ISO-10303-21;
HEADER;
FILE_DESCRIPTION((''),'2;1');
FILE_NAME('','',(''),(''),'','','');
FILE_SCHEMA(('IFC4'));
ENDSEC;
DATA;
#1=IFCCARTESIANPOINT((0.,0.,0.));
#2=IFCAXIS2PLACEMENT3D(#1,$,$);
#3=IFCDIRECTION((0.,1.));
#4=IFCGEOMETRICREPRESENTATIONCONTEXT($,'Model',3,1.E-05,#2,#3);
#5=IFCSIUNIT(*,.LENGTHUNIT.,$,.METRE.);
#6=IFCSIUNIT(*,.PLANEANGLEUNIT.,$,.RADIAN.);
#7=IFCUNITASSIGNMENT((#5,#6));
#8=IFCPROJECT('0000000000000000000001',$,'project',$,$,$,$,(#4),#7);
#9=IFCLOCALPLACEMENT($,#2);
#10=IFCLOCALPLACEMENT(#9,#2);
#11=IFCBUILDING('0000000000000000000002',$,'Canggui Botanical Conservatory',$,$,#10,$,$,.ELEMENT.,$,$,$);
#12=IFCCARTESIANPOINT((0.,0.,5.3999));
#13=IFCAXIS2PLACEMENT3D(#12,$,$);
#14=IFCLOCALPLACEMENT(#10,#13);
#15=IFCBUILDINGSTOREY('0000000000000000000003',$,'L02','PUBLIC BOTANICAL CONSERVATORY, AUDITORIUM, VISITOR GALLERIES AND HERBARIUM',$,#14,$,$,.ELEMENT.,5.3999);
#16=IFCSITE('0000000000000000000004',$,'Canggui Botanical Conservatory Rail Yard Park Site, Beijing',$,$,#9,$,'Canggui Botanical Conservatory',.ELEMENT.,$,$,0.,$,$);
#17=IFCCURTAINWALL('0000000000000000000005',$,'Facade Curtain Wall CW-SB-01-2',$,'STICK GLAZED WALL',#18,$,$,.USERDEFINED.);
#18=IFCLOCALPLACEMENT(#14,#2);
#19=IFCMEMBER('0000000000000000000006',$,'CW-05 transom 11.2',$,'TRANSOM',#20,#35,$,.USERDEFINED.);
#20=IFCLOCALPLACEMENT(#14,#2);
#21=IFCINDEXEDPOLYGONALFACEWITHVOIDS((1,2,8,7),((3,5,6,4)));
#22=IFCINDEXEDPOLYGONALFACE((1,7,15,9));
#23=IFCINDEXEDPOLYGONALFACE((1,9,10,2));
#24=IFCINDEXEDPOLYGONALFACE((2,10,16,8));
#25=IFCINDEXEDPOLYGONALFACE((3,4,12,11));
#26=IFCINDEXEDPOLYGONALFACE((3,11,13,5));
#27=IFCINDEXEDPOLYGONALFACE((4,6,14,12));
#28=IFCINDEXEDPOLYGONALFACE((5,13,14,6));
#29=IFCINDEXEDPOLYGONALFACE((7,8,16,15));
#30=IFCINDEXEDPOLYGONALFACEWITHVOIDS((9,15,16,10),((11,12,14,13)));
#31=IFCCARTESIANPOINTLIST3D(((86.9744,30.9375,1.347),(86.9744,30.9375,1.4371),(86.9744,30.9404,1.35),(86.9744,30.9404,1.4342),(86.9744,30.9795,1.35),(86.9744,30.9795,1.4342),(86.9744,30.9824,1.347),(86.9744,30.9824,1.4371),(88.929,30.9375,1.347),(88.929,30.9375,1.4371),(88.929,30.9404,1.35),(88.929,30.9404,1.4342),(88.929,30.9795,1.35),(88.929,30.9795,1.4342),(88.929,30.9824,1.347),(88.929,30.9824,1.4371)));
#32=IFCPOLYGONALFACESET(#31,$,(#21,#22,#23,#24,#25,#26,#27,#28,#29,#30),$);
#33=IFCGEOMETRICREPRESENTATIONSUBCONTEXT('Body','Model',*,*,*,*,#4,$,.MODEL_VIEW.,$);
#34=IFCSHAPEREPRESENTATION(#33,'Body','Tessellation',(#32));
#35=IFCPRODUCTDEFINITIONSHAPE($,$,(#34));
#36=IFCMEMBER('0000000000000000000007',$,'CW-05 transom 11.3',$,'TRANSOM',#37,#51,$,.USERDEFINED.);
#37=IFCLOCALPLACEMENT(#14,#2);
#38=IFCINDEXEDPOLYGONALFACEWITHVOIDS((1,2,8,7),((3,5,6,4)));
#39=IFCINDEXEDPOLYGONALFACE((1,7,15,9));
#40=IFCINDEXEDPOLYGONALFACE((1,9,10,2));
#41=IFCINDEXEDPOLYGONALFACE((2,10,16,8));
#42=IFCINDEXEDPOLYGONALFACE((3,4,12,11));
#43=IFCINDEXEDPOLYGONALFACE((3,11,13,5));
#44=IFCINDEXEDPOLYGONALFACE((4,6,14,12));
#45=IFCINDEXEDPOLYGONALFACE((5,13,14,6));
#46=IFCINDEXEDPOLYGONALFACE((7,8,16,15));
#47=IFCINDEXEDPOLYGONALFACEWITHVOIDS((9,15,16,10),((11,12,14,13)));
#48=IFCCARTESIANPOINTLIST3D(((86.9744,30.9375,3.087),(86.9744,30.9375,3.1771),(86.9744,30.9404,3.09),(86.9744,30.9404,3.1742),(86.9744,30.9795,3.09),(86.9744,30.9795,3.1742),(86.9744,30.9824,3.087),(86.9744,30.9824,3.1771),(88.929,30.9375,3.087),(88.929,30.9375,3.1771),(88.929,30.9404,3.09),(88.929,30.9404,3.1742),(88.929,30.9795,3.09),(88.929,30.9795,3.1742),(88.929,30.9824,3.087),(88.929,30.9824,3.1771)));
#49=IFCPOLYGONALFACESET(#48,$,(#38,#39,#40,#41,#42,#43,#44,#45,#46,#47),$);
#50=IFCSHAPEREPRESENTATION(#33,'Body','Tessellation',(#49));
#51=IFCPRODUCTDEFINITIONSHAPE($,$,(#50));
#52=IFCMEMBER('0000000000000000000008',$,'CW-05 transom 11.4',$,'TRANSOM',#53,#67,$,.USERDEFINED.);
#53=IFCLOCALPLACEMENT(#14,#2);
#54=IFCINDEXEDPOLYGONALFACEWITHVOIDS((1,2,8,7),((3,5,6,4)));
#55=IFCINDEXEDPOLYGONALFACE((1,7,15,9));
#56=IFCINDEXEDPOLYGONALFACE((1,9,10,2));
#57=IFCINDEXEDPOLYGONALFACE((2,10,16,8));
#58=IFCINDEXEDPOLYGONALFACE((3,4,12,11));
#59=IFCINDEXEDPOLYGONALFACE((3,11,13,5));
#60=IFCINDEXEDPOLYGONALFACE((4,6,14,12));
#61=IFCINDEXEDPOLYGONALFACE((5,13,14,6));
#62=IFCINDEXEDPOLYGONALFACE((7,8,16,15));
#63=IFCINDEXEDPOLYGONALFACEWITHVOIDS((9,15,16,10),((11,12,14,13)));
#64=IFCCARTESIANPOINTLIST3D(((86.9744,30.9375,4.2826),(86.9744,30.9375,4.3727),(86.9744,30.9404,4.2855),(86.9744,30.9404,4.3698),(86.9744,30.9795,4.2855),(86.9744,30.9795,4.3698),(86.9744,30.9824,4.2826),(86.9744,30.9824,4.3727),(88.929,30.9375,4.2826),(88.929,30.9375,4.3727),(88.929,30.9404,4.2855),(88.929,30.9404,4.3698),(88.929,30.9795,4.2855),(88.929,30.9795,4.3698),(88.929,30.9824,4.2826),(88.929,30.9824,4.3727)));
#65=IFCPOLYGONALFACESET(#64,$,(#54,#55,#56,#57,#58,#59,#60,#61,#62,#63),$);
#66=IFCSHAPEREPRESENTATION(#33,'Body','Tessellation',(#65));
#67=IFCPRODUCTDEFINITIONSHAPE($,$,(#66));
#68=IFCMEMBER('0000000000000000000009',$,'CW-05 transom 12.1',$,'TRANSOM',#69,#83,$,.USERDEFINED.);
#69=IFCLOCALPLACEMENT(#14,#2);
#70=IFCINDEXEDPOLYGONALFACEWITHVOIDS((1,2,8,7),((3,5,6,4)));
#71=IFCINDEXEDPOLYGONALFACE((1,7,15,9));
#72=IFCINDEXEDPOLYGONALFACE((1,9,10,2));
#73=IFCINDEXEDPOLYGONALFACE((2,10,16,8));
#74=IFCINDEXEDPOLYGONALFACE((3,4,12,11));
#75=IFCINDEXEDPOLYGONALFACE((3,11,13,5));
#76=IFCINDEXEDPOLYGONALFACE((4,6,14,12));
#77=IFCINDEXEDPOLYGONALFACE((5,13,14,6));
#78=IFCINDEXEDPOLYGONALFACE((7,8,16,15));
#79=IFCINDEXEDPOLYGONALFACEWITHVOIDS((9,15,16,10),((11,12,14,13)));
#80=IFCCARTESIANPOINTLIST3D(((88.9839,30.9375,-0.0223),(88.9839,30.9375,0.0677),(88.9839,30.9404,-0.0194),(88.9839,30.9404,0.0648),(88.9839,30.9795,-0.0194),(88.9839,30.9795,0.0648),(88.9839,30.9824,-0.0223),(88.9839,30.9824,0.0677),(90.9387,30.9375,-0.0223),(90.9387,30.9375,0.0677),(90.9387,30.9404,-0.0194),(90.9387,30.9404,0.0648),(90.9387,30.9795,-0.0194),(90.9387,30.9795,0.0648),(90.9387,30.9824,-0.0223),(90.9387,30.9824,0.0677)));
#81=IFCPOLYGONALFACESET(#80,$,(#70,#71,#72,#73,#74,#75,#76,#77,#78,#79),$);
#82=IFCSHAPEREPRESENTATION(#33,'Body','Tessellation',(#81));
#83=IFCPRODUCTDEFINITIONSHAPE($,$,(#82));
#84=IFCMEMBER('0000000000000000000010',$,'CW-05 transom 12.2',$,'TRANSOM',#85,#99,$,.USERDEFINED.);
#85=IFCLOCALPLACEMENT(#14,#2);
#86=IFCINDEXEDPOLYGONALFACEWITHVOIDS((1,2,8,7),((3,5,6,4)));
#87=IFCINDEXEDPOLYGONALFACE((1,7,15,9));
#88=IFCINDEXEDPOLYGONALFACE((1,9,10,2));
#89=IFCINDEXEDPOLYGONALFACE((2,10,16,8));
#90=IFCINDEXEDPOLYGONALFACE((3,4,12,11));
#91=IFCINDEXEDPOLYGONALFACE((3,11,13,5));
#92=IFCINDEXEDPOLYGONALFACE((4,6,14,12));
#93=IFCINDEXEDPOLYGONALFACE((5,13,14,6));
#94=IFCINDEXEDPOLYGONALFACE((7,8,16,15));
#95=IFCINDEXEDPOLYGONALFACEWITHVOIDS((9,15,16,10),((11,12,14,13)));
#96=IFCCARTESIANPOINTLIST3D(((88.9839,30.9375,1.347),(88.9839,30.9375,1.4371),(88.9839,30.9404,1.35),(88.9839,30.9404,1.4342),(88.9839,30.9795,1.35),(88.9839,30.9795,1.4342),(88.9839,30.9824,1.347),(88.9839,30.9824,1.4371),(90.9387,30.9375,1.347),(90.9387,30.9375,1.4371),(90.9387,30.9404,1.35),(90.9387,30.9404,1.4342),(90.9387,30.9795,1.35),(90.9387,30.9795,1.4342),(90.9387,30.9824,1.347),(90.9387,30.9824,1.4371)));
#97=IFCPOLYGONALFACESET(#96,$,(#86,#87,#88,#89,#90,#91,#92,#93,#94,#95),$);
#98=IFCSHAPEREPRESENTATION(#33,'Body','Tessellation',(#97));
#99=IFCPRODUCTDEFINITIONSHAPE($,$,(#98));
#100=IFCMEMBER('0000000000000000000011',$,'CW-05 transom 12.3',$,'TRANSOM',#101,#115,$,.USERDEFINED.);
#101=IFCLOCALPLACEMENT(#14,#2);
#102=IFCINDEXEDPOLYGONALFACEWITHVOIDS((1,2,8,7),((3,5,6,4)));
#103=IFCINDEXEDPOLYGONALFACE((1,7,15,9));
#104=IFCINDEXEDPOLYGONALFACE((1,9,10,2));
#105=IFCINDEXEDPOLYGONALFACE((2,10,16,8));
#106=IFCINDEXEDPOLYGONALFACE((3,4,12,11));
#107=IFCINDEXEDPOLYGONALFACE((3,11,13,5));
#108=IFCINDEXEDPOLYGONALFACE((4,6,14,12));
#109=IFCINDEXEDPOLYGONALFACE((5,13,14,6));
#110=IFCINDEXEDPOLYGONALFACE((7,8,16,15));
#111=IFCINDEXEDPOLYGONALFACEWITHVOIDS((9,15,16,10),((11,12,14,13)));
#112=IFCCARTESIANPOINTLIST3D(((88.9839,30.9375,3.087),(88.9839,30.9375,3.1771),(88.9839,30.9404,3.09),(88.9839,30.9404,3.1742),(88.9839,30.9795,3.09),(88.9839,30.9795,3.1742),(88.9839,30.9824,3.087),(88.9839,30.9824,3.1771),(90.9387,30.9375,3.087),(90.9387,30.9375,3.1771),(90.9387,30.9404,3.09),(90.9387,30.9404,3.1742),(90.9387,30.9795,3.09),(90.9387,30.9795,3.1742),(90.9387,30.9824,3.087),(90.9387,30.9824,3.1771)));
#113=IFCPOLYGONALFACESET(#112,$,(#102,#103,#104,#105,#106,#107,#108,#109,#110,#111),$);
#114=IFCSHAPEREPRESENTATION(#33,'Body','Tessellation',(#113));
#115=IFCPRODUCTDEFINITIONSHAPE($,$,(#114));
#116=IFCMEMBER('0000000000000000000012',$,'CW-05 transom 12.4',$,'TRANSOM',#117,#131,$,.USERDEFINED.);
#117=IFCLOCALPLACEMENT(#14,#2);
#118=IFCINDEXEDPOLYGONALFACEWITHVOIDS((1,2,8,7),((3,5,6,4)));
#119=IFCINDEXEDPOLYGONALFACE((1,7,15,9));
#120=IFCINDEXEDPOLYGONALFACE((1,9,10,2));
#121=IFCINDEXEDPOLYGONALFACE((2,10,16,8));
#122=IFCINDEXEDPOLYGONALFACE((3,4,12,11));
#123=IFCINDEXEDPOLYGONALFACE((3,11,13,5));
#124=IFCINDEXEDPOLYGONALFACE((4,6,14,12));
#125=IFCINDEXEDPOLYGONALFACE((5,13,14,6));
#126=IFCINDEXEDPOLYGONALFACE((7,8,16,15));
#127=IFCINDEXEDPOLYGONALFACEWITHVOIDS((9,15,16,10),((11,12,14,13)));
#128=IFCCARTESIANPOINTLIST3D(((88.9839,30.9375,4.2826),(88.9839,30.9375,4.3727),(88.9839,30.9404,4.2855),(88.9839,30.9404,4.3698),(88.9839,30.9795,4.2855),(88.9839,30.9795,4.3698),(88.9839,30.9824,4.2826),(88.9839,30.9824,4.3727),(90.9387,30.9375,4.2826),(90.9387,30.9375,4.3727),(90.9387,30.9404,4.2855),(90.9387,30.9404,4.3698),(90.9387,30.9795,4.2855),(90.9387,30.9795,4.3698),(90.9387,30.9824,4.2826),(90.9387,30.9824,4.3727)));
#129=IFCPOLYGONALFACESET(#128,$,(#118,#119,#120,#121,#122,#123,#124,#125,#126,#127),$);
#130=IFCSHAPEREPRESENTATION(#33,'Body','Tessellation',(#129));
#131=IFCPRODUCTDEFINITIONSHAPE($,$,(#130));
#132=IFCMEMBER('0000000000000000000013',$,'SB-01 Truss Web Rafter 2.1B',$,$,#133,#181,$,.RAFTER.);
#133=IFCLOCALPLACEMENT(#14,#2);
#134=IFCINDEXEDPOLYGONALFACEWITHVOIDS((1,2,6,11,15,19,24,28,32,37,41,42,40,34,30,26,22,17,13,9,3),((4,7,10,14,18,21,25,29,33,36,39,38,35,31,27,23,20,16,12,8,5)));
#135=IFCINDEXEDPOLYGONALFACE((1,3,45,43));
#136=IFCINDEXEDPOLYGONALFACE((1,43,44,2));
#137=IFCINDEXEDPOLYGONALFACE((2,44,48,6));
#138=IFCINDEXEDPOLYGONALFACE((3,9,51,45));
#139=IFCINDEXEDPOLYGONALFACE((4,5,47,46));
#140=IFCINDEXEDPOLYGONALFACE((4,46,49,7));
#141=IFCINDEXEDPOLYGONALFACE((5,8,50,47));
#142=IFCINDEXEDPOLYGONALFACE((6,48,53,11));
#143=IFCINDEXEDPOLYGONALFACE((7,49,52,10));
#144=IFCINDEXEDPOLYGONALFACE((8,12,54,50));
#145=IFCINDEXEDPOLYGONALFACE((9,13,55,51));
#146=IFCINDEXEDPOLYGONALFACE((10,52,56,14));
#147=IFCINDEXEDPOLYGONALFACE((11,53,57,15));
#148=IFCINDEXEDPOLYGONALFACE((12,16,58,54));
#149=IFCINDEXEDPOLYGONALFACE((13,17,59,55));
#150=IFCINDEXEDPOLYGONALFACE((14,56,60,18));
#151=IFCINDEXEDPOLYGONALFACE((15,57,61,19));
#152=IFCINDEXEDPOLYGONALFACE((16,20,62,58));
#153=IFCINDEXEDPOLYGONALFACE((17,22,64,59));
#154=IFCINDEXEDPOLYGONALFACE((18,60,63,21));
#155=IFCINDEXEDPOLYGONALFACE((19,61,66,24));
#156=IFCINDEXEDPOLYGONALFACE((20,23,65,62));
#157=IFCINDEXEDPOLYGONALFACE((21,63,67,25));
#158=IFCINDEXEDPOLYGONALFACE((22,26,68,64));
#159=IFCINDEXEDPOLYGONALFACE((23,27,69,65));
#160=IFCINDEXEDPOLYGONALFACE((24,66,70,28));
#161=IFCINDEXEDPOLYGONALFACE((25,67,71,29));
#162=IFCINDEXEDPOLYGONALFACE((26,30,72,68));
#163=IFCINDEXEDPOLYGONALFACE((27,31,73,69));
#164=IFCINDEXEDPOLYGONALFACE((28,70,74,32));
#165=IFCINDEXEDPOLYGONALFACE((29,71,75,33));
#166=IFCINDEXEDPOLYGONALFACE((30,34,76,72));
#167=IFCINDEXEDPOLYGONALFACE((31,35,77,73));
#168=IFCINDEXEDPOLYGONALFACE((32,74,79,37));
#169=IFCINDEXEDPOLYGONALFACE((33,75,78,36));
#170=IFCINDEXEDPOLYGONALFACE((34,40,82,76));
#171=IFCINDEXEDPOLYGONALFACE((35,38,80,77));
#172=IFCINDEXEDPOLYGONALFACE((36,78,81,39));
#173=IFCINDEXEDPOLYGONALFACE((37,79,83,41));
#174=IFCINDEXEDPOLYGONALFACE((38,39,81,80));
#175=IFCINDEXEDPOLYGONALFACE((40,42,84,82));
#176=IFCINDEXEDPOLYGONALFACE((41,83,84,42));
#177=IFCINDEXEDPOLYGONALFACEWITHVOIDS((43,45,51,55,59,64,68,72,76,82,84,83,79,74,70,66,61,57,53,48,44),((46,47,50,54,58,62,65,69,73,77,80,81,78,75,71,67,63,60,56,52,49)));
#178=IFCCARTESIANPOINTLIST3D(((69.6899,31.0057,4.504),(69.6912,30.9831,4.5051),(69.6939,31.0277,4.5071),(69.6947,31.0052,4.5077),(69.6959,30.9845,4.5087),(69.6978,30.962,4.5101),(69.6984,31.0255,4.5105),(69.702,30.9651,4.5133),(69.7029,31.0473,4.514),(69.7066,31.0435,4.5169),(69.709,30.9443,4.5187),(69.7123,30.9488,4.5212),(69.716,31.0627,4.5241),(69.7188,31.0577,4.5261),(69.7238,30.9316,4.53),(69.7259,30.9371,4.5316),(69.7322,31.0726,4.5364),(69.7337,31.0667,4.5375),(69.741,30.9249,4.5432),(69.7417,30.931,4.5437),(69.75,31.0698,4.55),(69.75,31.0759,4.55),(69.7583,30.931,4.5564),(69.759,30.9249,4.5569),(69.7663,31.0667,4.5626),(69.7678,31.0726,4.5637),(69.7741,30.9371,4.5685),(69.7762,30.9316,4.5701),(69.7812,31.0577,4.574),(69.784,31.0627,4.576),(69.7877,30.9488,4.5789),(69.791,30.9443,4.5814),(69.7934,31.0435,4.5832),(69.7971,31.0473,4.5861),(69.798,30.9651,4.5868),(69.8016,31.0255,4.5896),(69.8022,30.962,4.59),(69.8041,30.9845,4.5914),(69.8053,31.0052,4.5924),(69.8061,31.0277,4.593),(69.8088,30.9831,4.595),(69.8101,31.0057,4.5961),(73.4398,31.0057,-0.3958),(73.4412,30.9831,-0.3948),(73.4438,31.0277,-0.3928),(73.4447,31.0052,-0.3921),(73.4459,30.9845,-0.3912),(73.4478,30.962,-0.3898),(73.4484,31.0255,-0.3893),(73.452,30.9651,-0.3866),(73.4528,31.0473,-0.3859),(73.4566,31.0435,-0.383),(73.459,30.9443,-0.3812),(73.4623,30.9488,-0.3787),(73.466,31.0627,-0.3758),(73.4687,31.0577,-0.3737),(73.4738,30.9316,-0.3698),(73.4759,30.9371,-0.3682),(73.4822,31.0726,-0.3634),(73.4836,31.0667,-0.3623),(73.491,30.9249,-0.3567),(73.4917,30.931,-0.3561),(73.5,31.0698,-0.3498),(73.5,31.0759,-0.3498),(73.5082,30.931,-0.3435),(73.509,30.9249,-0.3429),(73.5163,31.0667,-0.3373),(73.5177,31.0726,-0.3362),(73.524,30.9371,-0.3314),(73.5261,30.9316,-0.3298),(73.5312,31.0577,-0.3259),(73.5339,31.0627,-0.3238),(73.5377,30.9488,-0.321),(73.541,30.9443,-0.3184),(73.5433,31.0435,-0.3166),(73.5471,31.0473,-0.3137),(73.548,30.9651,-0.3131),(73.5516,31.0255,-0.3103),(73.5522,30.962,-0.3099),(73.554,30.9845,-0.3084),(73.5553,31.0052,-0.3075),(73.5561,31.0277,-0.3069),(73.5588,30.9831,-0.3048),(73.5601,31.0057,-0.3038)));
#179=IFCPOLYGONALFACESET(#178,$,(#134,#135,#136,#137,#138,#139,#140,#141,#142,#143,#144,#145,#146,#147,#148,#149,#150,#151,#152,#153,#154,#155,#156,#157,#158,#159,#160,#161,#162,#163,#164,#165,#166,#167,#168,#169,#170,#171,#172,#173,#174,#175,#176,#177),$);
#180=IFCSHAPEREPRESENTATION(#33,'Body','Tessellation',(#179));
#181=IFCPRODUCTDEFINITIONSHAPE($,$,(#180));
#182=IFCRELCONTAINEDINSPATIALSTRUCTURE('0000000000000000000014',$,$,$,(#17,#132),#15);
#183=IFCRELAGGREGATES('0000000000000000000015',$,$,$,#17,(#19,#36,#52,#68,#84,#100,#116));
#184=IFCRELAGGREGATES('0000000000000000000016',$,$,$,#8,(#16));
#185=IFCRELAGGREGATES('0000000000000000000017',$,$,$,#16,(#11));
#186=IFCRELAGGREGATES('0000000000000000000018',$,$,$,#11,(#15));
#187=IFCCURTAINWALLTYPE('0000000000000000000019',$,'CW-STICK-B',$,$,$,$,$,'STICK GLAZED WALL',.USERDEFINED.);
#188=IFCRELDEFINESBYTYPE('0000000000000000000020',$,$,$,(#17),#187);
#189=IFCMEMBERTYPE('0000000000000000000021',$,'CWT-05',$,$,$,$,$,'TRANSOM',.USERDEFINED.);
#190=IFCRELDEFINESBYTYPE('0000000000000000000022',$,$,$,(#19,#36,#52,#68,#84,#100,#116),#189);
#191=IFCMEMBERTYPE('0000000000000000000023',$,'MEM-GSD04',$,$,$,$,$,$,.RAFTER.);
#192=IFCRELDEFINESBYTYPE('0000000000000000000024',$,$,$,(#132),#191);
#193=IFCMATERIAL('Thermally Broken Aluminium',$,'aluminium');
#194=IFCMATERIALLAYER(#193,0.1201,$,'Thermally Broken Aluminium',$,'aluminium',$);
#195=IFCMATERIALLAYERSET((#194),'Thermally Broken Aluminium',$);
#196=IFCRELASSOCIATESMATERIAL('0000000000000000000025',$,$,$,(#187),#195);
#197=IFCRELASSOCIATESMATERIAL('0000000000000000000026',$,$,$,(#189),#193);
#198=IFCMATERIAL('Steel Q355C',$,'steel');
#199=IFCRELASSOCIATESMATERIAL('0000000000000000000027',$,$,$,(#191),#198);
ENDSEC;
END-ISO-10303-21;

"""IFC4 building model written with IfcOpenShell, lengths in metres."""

from ifc_helpers import new_model, si_unit, direction, frame, origin, origin_2d, place, context, subcontext, project, spatial, hollow_rectangle, hollow_circle, extrude, material, layer, layer_set, material_profile, profile_set, type_object, element, aggregate, save


model = new_model("IFC4")

# Units and contexts
model_context = context("Model", 3, precision=1e-05, world=origin(), true_north=direction((0.0, 1.0)))
body_context = subcontext(model_context, "Body", "Model", "MODEL_VIEW")
ifc_project = project(units=[si_unit("LENGTHUNIT", "METRE"), si_unit("PLANEANGLEUNIT", "RADIAN")], contexts=[model_context])

# Site, building, storey
site_placement = place(None, origin())
site = spatial("IfcSite", under=ifc_project, at=site_placement, Name="Canggui Botanical Conservatory Rail Yard Park Site, Beijing", LongName="Canggui Botanical Conservatory", CompositionType="ELEMENT", RefElevation=0.0)
building_placement = place(site_placement, origin())
building = spatial("IfcBuilding", under=site, at=building_placement, Name="Canggui Botanical Conservatory", CompositionType="ELEMENT")
storey_placement = place(building_placement, frame((0.0, 0.0, 5.3999)))
storey = spatial("IfcBuildingStorey", under=building, at=storey_placement, Name="L02", Description="PUBLIC BOTANICAL CONSERVATORY, AUDITORIUM, VISITOR GALLERIES AND HERBARIUM", CompositionType="ELEMENT", Elevation=5.3999)

# Curtain wall
ifc_material_1 = material(Name="Thermally Broken Aluminium", Category="aluminium")
ifc_layer_1 = layer(ifc_material_1, 0.1201, Name="Thermally Broken Aluminium", Category="aluminium")
ifc_layer_set_1 = layer_set([ifc_layer_1], Name="Thermally Broken Aluminium")
curtain_wall_type_1 = type_object("IfcCurtainWallType", Name="CW-STICK-B", ElementType="STICK GLAZED WALL", PredefinedType="USERDEFINED", material=ifc_layer_set_1)
curtain_wall_1_placement = place(storey_placement, origin())
curtain_wall_1 = element("IfcCurtainWall", 1, at=curtain_wall_1_placement, inside=storey, type_object=curtain_wall_type_1, Name="Facade Curtain Wall CW-SB-01-2", ObjectType="STICK GLAZED WALL", PredefinedType="USERDEFINED")

# Members
ifc_material_profile_1 = material_profile(ifc_material_1, hollow_rectangle(XDim=0.0449, YDim=0.0901, WallThickness=0.0029, at=origin_2d()), Name="CWT 45x90x3")
ifc_profile_set_1 = profile_set([ifc_material_profile_1], Name="Thermally Broken Aluminium")
member_type_1 = type_object("IfcMemberType", Name="CWT-05", ElementType="TRANSOM", PredefinedType="USERDEFINED", material=ifc_profile_set_1)
member_1_placement = place(storey_placement, frame((86.9744, 30.96, 1.3921), z_axis=(1.0, 0.0, 0.0), x_axis=(0.0, 1.0, 0.0)))
member_1 = element("IfcMember", 2, at=member_1_placement, type_object=member_type_1, Name="CW-05 transom 11.2", ObjectType="TRANSOM", PredefinedType="USERDEFINED", context=body_context, shape_type="SweptSolid", body=[
    extrude(hollow_rectangle(XDim=0.0449, YDim=0.0901, WallThickness=0.0029, at=origin_2d()), origin(), (0.0, 0.0, 1.0), 1.9546),
])
member_2_placement = place(storey_placement, frame((86.9744, 30.96, 3.1321), z_axis=(1.0, 0.0, 0.0), x_axis=(0.0, 1.0, 0.0)))
member_2 = element("IfcMember", 3, at=member_2_placement, type_object=member_type_1, Name="CW-05 transom 11.3", ObjectType="TRANSOM", PredefinedType="USERDEFINED", context=body_context, shape_type="SweptSolid", body=[
    extrude(hollow_rectangle(XDim=0.0449, YDim=0.0901, WallThickness=0.0029, at=origin_2d()), origin(), (0.0, 0.0, 1.0), 1.9546),
])
member_3_placement = place(storey_placement, frame((86.9744, 30.96, 4.3276), z_axis=(1.0, 0.0, 0.0), x_axis=(0.0, 1.0, 0.0)))
member_3 = element("IfcMember", 4, at=member_3_placement, type_object=member_type_1, Name="CW-05 transom 11.4", ObjectType="TRANSOM", PredefinedType="USERDEFINED", context=body_context, shape_type="SweptSolid", body=[
    extrude(hollow_rectangle(XDim=0.0449, YDim=0.0901, WallThickness=0.0029, at=origin_2d()), origin(), (0.0, 0.0, 1.0), 1.9546),
])
member_4_placement = place(storey_placement, frame((88.9839, 30.96, 0.0227), z_axis=(1.0, 0.0, 0.0), x_axis=(0.0, 1.0, 0.0)))
member_4 = element("IfcMember", 5, at=member_4_placement, type_object=member_type_1, Name="CW-05 transom 12.1", ObjectType="TRANSOM", PredefinedType="USERDEFINED", context=body_context, shape_type="SweptSolid", body=[
    extrude(hollow_rectangle(XDim=0.0449, YDim=0.0901, WallThickness=0.0029, at=origin_2d()), origin(), (0.0, 0.0, 1.0), 1.9548),
])
member_5_placement = place(storey_placement, frame((88.9839, 30.96, 1.3921), z_axis=(1.0, 0.0, 0.0), x_axis=(0.0, 1.0, 0.0)))
member_5 = element("IfcMember", 6, at=member_5_placement, type_object=member_type_1, Name="CW-05 transom 12.2", ObjectType="TRANSOM", PredefinedType="USERDEFINED", context=body_context, shape_type="SweptSolid", body=[
    extrude(hollow_rectangle(XDim=0.0449, YDim=0.0901, WallThickness=0.0029, at=origin_2d()), origin(), (0.0, 0.0, 1.0), 1.9548),
])
member_6_placement = place(storey_placement, frame((88.9839, 30.96, 3.1321), z_axis=(1.0, 0.0, 0.0), x_axis=(0.0, 1.0, 0.0)))
member_6 = element("IfcMember", 7, at=member_6_placement, type_object=member_type_1, Name="CW-05 transom 12.3", ObjectType="TRANSOM", PredefinedType="USERDEFINED", context=body_context, shape_type="SweptSolid", body=[
    extrude(hollow_rectangle(XDim=0.0449, YDim=0.0901, WallThickness=0.0029, at=origin_2d()), origin(), (0.0, 0.0, 1.0), 1.9548),
])
member_7_placement = place(storey_placement, frame((88.9839, 30.96, 4.3276), z_axis=(1.0, 0.0, 0.0), x_axis=(0.0, 1.0, 0.0)))
member_7 = element("IfcMember", 8, at=member_7_placement, type_object=member_type_1, Name="CW-05 transom 12.4", ObjectType="TRANSOM", PredefinedType="USERDEFINED", context=body_context, shape_type="SweptSolid", body=[
    extrude(hollow_rectangle(XDim=0.0449, YDim=0.0901, WallThickness=0.0029, at=origin_2d()), origin(), (0.0, 0.0, 1.0), 1.9548),
])

# Member
ifc_material_2 = material(Name="Steel Q355C", Category="steel")
ifc_material_profile_2 = material_profile(ifc_material_2, hollow_circle(Radius=0.0759, WallThickness=0.0061, at=origin_2d()), Name="CHS 152x6")
ifc_profile_set_2 = profile_set([ifc_material_profile_2], Name="Steel Q355C")
member_type_2 = type_object("IfcMemberType", Name="MEM-GSD04", PredefinedType="RAFTER", material=ifc_profile_set_2)
member_8_placement = place(storey_placement, frame((69.75, 31.0, 4.55), z_axis=(0.607758, 0.0, -0.794122), x_axis=(0.0, 1.0, 0.0)))
element("IfcMember", 9, at=member_8_placement, inside=storey, type_object=member_type_2, Name="SB-01 Truss Web Rafter 2.1B", PredefinedType="RAFTER", context=body_context, shape_type="SweptSolid", body=[
    extrude(hollow_circle(Radius=0.0759, WallThickness=0.0061, at=origin_2d()), origin(), (0.0, 0.0, 1.0), 6.1702),
])

aggregate(curtain_wall_1, [member_1, member_2, member_3, member_4, member_5, member_6, member_7])

save(model, "model.ifc")
